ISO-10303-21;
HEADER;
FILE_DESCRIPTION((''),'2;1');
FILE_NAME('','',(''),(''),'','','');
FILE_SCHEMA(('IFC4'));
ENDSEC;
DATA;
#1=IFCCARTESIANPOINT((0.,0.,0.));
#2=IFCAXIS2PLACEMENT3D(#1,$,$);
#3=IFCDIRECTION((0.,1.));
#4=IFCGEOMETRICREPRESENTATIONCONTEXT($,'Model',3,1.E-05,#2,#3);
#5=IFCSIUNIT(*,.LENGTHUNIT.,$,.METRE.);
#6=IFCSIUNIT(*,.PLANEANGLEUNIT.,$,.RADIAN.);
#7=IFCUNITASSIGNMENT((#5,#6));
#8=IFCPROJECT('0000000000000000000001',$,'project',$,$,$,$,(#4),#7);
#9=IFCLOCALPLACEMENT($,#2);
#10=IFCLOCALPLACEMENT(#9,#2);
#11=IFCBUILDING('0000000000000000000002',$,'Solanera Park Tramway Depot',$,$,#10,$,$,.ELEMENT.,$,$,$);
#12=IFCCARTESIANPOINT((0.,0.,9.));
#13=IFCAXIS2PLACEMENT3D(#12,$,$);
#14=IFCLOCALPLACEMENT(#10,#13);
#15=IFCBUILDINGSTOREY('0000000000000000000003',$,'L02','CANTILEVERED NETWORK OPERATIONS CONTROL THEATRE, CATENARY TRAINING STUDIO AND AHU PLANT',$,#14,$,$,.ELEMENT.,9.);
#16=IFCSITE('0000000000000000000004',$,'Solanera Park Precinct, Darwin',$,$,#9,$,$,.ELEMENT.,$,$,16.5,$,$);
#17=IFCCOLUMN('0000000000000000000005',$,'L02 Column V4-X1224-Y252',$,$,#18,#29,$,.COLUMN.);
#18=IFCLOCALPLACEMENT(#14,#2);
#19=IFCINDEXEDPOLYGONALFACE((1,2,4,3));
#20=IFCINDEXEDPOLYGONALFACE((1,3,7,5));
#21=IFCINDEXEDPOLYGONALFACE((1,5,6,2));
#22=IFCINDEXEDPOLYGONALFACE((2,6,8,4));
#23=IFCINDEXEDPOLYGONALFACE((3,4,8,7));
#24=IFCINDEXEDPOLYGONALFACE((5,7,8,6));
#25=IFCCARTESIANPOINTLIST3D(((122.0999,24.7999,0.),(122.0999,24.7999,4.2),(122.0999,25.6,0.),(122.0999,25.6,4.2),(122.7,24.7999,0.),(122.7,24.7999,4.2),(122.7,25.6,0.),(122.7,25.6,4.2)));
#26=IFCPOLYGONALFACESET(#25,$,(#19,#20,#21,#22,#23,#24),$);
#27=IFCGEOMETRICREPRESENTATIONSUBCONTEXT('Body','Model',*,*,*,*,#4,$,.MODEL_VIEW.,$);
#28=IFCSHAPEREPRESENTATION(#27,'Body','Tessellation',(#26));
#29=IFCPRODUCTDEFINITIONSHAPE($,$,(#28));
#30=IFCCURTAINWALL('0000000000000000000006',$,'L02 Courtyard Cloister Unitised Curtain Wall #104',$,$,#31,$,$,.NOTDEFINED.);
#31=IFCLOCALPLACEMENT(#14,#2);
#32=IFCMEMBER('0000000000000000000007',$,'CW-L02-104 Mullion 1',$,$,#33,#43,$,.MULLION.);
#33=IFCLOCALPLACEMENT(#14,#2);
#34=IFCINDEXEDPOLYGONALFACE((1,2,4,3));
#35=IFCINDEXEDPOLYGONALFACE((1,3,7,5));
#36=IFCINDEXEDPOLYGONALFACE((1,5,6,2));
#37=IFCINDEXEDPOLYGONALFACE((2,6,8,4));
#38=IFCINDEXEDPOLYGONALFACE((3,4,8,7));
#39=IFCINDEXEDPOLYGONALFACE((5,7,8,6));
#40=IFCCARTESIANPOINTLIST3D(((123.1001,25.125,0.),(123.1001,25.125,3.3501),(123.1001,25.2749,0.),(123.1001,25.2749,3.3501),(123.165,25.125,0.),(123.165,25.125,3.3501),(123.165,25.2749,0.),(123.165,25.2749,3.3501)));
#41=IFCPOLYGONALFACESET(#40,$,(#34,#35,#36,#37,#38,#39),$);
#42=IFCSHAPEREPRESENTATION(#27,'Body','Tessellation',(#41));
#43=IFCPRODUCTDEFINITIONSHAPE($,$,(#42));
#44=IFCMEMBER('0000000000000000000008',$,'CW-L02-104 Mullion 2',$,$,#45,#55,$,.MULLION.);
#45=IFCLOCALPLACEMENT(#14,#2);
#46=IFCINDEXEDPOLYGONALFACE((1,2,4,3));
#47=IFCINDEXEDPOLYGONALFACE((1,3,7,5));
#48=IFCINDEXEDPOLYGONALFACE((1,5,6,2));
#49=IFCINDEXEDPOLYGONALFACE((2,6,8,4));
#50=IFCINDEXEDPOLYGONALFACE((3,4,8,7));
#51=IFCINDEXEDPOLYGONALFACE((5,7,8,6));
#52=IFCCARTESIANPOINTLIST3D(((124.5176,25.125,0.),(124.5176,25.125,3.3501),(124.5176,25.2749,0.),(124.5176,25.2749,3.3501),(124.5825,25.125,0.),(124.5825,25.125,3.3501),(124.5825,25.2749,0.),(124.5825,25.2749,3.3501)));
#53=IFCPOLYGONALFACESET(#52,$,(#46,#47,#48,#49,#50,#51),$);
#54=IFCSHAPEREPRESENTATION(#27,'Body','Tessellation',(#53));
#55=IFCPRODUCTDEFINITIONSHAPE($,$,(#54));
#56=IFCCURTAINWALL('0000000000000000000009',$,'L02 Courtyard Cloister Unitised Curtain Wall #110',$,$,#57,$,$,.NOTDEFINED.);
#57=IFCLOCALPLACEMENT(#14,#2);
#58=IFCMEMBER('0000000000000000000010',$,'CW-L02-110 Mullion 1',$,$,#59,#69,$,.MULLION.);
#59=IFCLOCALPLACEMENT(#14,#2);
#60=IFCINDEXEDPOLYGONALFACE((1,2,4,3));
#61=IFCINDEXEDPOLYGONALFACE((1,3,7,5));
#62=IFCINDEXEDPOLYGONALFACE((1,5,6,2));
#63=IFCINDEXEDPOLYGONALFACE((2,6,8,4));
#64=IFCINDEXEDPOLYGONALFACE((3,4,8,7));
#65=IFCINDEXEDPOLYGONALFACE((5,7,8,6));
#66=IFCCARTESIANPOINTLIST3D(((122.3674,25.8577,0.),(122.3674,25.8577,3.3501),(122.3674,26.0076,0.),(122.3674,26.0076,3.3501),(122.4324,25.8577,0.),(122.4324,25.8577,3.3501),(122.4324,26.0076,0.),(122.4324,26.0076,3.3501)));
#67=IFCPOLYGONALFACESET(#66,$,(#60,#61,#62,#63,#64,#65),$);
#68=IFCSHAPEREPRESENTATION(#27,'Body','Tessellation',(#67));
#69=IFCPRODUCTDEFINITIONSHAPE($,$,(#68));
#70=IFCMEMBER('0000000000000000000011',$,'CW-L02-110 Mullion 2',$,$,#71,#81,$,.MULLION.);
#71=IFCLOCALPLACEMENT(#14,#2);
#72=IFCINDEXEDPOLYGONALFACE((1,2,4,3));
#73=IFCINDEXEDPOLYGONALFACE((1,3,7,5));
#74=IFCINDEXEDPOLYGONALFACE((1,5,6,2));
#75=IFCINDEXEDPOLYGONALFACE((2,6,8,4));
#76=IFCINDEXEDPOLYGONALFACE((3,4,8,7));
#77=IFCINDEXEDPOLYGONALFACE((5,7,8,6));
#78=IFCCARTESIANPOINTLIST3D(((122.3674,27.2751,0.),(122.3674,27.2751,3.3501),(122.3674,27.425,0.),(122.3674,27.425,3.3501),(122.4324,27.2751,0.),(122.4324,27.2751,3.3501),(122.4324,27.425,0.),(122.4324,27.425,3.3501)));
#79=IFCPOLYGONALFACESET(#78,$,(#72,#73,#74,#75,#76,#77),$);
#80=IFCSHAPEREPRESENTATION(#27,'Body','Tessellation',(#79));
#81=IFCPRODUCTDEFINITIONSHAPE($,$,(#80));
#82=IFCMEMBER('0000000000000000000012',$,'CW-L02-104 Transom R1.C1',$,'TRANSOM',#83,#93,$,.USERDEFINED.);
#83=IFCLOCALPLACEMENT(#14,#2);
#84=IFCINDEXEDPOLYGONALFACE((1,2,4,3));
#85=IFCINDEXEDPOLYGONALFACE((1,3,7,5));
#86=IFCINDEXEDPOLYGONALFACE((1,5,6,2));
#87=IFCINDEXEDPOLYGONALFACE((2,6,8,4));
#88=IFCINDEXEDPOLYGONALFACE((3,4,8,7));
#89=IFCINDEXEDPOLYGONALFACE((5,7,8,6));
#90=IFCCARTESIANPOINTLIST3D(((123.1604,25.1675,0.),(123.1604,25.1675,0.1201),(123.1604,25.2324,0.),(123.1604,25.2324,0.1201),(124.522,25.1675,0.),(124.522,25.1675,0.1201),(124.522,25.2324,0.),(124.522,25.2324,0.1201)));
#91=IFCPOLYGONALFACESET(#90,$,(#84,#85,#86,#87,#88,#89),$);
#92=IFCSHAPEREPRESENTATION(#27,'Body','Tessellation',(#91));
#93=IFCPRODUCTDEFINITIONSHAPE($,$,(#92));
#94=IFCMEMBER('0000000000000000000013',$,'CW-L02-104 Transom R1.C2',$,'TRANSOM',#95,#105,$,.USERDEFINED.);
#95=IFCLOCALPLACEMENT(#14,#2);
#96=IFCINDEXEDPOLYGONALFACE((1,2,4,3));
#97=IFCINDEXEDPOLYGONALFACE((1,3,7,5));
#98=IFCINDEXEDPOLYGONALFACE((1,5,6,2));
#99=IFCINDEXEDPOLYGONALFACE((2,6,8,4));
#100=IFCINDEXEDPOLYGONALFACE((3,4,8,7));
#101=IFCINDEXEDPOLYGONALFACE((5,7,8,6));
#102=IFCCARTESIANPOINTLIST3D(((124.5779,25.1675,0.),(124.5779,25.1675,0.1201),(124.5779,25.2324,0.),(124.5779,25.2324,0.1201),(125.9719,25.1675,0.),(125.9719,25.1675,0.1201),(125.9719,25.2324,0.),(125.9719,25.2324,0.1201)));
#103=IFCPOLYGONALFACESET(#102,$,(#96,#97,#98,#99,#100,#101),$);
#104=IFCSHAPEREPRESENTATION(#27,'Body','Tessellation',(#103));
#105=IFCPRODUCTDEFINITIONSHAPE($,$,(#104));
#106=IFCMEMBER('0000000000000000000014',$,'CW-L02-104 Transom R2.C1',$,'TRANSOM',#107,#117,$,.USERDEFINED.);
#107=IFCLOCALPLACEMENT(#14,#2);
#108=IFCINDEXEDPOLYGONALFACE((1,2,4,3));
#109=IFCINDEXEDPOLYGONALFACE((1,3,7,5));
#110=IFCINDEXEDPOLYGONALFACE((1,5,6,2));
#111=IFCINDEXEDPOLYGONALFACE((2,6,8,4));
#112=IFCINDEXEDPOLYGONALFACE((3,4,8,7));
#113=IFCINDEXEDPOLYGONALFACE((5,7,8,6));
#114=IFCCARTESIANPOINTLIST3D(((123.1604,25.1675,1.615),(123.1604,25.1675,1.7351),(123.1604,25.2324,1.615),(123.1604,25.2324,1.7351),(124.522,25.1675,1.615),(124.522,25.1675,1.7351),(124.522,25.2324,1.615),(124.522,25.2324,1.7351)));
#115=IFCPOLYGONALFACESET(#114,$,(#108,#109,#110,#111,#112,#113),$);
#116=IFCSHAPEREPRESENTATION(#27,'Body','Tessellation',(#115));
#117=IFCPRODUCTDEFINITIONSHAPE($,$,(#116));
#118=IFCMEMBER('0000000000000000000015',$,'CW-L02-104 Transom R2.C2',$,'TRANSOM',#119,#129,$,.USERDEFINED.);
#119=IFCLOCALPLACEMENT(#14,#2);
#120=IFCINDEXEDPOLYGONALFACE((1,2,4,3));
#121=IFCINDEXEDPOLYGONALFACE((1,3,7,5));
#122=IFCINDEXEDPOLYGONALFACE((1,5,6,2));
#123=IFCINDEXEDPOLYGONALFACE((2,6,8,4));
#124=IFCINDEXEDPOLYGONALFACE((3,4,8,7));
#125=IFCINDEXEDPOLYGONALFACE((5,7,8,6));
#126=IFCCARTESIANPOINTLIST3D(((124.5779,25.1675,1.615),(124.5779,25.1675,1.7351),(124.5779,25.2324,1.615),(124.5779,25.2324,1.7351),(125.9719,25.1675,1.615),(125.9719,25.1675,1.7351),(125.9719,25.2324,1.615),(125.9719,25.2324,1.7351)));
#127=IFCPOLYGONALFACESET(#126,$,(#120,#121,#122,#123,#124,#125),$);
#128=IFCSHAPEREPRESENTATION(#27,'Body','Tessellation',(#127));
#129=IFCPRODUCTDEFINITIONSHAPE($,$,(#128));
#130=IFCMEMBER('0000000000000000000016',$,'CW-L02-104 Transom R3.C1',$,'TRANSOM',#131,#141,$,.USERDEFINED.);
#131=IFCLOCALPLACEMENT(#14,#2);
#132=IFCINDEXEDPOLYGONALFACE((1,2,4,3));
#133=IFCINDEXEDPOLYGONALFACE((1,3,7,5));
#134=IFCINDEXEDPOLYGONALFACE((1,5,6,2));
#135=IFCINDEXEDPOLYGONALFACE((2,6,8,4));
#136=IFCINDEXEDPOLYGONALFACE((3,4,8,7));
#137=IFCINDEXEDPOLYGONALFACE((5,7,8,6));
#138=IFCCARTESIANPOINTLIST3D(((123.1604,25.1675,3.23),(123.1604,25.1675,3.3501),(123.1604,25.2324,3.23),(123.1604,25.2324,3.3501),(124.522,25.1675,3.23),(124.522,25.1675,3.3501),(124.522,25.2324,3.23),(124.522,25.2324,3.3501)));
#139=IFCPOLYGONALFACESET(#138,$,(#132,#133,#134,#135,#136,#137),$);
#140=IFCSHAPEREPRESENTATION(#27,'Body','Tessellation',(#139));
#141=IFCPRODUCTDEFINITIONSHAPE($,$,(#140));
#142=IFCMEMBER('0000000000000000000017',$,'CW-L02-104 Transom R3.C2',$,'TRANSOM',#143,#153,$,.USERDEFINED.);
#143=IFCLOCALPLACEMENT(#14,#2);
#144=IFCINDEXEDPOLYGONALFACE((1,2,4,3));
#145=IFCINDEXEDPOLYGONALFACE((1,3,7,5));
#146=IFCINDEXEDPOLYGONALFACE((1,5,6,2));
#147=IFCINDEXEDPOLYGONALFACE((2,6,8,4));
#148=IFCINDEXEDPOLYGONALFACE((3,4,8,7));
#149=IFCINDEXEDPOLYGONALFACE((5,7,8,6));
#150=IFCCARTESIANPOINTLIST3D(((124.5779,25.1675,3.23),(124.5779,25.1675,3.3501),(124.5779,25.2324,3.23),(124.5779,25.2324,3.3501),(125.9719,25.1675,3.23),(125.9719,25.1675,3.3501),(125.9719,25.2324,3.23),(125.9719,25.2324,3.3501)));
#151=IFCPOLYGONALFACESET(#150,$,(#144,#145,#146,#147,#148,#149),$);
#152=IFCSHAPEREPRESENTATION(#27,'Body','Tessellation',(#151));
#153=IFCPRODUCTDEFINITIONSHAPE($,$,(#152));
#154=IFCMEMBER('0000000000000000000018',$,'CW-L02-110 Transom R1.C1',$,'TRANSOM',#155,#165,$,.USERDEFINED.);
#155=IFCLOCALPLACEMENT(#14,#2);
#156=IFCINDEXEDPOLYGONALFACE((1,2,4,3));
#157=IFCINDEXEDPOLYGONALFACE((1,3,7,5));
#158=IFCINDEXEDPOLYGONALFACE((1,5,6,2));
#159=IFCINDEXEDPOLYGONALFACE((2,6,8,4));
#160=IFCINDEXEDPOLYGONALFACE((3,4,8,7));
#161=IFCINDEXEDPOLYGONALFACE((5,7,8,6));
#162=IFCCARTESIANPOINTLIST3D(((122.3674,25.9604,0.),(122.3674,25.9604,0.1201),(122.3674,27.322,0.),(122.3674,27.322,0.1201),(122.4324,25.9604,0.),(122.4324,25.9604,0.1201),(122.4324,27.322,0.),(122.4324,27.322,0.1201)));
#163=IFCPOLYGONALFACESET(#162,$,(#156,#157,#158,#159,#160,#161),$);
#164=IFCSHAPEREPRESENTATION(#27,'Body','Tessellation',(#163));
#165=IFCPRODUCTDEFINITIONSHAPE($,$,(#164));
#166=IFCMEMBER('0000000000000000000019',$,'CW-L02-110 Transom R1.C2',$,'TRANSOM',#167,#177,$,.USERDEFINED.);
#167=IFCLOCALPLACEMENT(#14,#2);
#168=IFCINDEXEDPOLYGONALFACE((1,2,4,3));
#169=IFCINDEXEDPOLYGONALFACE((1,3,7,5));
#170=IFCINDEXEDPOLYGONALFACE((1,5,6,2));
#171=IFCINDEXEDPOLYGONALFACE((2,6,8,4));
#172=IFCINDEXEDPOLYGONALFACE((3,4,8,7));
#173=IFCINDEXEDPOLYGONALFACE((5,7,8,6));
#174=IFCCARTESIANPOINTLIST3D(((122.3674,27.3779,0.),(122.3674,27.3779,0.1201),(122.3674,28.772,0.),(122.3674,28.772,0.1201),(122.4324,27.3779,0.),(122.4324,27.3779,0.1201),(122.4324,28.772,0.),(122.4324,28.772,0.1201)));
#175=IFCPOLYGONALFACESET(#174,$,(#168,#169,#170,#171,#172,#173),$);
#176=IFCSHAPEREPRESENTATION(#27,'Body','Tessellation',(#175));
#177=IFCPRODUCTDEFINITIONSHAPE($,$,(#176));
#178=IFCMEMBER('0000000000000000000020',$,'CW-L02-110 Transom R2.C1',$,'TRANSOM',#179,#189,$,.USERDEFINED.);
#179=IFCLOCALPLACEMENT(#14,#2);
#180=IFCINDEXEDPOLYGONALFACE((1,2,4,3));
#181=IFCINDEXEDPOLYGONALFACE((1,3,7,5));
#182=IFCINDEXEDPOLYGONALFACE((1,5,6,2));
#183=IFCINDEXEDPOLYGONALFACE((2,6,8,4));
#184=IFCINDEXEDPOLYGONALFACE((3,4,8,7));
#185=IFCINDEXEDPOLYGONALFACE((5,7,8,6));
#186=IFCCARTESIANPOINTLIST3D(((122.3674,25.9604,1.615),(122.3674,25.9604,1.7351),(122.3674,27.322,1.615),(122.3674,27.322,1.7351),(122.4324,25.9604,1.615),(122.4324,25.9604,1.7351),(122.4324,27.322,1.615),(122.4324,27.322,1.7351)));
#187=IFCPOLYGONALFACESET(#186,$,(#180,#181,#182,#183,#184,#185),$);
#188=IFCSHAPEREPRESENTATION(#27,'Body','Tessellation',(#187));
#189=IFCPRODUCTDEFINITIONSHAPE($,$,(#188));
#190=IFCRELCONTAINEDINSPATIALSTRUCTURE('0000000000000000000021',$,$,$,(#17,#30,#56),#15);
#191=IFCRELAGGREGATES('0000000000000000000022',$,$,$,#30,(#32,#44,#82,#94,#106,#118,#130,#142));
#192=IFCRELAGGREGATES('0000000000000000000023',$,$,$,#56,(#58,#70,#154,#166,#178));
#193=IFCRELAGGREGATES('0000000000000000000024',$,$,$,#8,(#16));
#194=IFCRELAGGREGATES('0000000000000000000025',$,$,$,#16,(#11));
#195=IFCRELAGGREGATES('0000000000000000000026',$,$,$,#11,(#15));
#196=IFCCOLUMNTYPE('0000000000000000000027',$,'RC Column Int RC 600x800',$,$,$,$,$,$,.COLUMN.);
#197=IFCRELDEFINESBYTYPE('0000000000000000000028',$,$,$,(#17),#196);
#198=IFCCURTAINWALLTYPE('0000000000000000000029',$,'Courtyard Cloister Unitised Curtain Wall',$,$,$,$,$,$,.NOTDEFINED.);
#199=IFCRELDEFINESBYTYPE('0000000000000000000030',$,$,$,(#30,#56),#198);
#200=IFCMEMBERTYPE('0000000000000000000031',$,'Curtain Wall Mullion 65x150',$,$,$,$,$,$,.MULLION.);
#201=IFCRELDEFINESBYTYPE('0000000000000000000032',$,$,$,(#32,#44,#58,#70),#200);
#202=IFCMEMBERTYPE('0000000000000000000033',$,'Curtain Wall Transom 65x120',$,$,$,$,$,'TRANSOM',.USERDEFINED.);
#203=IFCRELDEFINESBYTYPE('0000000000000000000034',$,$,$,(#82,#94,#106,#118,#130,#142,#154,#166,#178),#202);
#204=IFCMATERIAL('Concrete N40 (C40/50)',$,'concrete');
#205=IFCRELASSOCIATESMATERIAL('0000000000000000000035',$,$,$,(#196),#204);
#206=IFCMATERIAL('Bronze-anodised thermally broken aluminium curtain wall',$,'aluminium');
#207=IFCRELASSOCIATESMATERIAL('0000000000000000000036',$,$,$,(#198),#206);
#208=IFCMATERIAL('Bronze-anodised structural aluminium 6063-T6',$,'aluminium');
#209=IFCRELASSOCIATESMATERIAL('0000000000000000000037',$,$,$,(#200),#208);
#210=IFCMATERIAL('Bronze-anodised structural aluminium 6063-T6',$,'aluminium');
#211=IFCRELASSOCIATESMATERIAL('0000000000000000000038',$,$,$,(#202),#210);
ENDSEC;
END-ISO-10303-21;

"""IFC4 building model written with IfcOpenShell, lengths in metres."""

from ifc_helpers import new_model, si_unit, direction, frame, origin, origin_2d, place, context, subcontext, project, spatial, rectangle, extrude, material, material_profile, profile_set, type_object, element, aggregate, save


model = new_model("IFC4")

# Units and contexts
model_context = context("Model", 3, precision=1e-05, world=origin(), true_north=direction((0.0, 1.0)))
body_context = subcontext(model_context, "Body", "Model", "MODEL_VIEW")
ifc_project = project(units=[si_unit("LENGTHUNIT", "METRE"), si_unit("PLANEANGLEUNIT", "RADIAN")], contexts=[model_context])

# Site, building, storey
site_placement = place(None, origin())
site = spatial("IfcSite", under=ifc_project, at=site_placement, Name="Solanera Park Precinct, Darwin", CompositionType="ELEMENT", RefElevation=16.5)
building_placement = place(site_placement, origin())
building = spatial("IfcBuilding", under=site, at=building_placement, Name="Solanera Park Tramway Depot", CompositionType="ELEMENT")
storey_placement = place(building_placement, frame((0.0, 0.0, 9.0)))
storey = spatial("IfcBuildingStorey", under=building, at=storey_placement, Name="L02", Description="CANTILEVERED NETWORK OPERATIONS CONTROL THEATRE, CATENARY TRAINING STUDIO AND AHU PLANT", CompositionType="ELEMENT", Elevation=9.0)

# Column
ifc_material_1 = material(Name="Concrete N40 (C40/50)", Category="concrete")
ifc_material_profile_1 = material_profile(ifc_material_1, rectangle(XDim=0.6001, YDim=0.8, at=origin_2d()), Name="RC 600x800")
ifc_profile_set_1 = profile_set([ifc_material_profile_1], Name="Concrete N40 (C40/50)")
column_type = type_object("IfcColumnType", Name="RC Column Int RC 600x800", PredefinedType="COLUMN", material=ifc_profile_set_1)
column_placement = place(storey_placement, frame((122.3999, 25.2, 0.0), z_axis=(0.0, 0.0, 1.0), x_axis=(1.0, 0.0, 0.0)))
element("IfcColumn", 1, at=column_placement, inside=storey, type_object=column_type, Name="L02 Column V4-X1224-Y252", PredefinedType="COLUMN", context=body_context, shape_type="SweptSolid", body=[
    extrude(rectangle(XDim=0.6001, YDim=0.8, at=origin_2d()), origin(), (0.0, 0.0, 1.0), 4.2),
])

# Curtain walls, members
ifc_material_2 = material(Name="Bronze-anodised thermally broken aluminium curtain wall", Category="aluminium")
curtain_wall_type = type_object("IfcCurtainWallType", Name="Courtyard Cloister Unitised Curtain Wall", PredefinedType="NOTDEFINED", material=ifc_material_2)
curtain_wall_1_placement = place(storey_placement, origin())
curtain_wall_1 = element("IfcCurtainWall", 2, at=curtain_wall_1_placement, inside=storey, type_object=curtain_wall_type, Name="L02 Courtyard Cloister Unitised Curtain Wall #104", PredefinedType="NOTDEFINED")
ifc_material_3 = material(Name="Bronze-anodised structural aluminium 6063-T6", Category="aluminium")
ifc_material_profile_2 = material_profile(ifc_material_3, rectangle(XDim=0.0649, YDim=0.1499, at=origin_2d()), Name="Curtain Wall Mullion 65x150")
ifc_profile_set_2 = profile_set([ifc_material_profile_2], Name="Bronze-anodised structural aluminium 6063-T6")
member_type_1 = type_object("IfcMemberType", Name="Curtain Wall Mullion 65x150", PredefinedType="MULLION", material=ifc_profile_set_2)
member_1_placement = place(storey_placement, frame((123.1326, 25.2, 0.0), z_axis=(0.0, 0.0, 1.0), x_axis=(1.0, 0.0, 0.0)))
member_1 = element("IfcMember", 3, at=member_1_placement, type_object=member_type_1, Name="CW-L02-104 Mullion 1", PredefinedType="MULLION", context=body_context, shape_type="SweptSolid", body=[
    extrude(rectangle(XDim=0.0649, YDim=0.1499, at=origin_2d()), origin(), (0.0, 0.0, 1.0), 3.3501),
])
member_2_placement = place(storey_placement, frame((124.55, 25.2, 0.0), z_axis=(0.0, 0.0, 1.0), x_axis=(1.0, 0.0, 0.0)))
member_2 = element("IfcMember", 4, at=member_2_placement, type_object=member_type_1, Name="CW-L02-104 Mullion 2", PredefinedType="MULLION", context=body_context, shape_type="SweptSolid", body=[
    extrude(rectangle(XDim=0.0649, YDim=0.1499, at=origin_2d()), origin(), (0.0, 0.0, 1.0), 3.3501),
])
curtain_wall_2_placement = place(storey_placement, origin())
curtain_wall_2 = element("IfcCurtainWall", 5, at=curtain_wall_2_placement, inside=storey, type_object=curtain_wall_type, Name="L02 Courtyard Cloister Unitised Curtain Wall #110", PredefinedType="NOTDEFINED")
member_3_placement = place(storey_placement, frame((122.3999, 25.9326, 0.0), z_axis=(0.0, 0.0, 1.0), x_axis=(1.0, 0.0, 0.0)))
member_3 = element("IfcMember", 6, at=member_3_placement, type_object=member_type_1, Name="CW-L02-110 Mullion 1", PredefinedType="MULLION", context=body_context, shape_type="SweptSolid", body=[
    extrude(rectangle(XDim=0.0649, YDim=0.1499, at=origin_2d()), origin(), (0.0, 0.0, 1.0), 3.3501),
])
member_4_placement = place(storey_placement, frame((122.3999, 27.3501, 0.0), z_axis=(0.0, 0.0, 1.0), x_axis=(1.0, 0.0, 0.0)))
member_4 = element("IfcMember", 7, at=member_4_placement, type_object=member_type_1, Name="CW-L02-110 Mullion 2", PredefinedType="MULLION", context=body_context, shape_type="SweptSolid", body=[
    extrude(rectangle(XDim=0.0649, YDim=0.1499, at=origin_2d()), origin(), (0.0, 0.0, 1.0), 3.3501),
])

# Members
ifc_material_4 = material(Name="Bronze-anodised structural aluminium 6063-T6", Category="aluminium")
ifc_material_profile_3 = material_profile(ifc_material_4, rectangle(XDim=0.0649, YDim=0.1201, at=origin_2d()), Name="Curtain Wall Transom 65x120")
ifc_profile_set_3 = profile_set([ifc_material_profile_3], Name="Bronze-anodised structural aluminium 6063-T6")
member_type_2 = type_object("IfcMemberType", Name="Curtain Wall Transom 65x120", ElementType="TRANSOM", PredefinedType="USERDEFINED", material=ifc_profile_set_3)
member_5_placement = place(storey_placement, frame((123.1604, 25.2, 0.0601), z_axis=(1.0, 0.0, 0.0), x_axis=(0.0, 1.0, 0.0)))
member_5 = element("IfcMember", 8, at=member_5_placement, type_object=member_type_2, Name="CW-L02-104 Transom R1.C1", ObjectType="TRANSOM", PredefinedType="USERDEFINED", context=body_context, shape_type="SweptSolid", body=[
    extrude(rectangle(XDim=0.0649, YDim=0.1201, at=origin_2d()), origin(), (0.0, 0.0, 1.0), 1.3616),
])
member_6_placement = place(storey_placement, frame((124.5779, 25.2, 0.0601), z_axis=(1.0, 0.0, 0.0), x_axis=(0.0, 1.0, 0.0)))
member_6 = element("IfcMember", 9, at=member_6_placement, type_object=member_type_2, Name="CW-L02-104 Transom R1.C2", ObjectType="TRANSOM", PredefinedType="USERDEFINED", context=body_context, shape_type="SweptSolid", body=[
    extrude(rectangle(XDim=0.0649, YDim=0.1201, at=origin_2d()), origin(), (0.0, 0.0, 1.0), 1.394),
])
member_7_placement = place(storey_placement, frame((123.1604, 25.2, 1.675), z_axis=(1.0, 0.0, 0.0), x_axis=(0.0, 1.0, 0.0)))
member_7 = element("IfcMember", 10, at=member_7_placement, type_object=member_type_2, Name="CW-L02-104 Transom R2.C1", ObjectType="TRANSOM", PredefinedType="USERDEFINED", context=body_context, shape_type="SweptSolid", body=[
    extrude(rectangle(XDim=0.0649, YDim=0.1201, at=origin_2d()), origin(), (0.0, 0.0, 1.0), 1.3616),
])
member_8_placement = place(storey_placement, frame((124.5779, 25.2, 1.675), z_axis=(1.0, 0.0, 0.0), x_axis=(0.0, 1.0, 0.0)))
member_8 = element("IfcMember", 11, at=member_8_placement, type_object=member_type_2, Name="CW-L02-104 Transom R2.C2", ObjectType="TRANSOM", PredefinedType="USERDEFINED", context=body_context, shape_type="SweptSolid", body=[
    extrude(rectangle(XDim=0.0649, YDim=0.1201, at=origin_2d()), origin(), (0.0, 0.0, 1.0), 1.394),
])
member_9_placement = place(storey_placement, frame((123.1604, 25.2, 3.29), z_axis=(1.0, 0.0, 0.0), x_axis=(0.0, 1.0, 0.0)))
member_9 = element("IfcMember", 12, at=member_9_placement, type_object=member_type_2, Name="CW-L02-104 Transom R3.C1", ObjectType="TRANSOM", PredefinedType="USERDEFINED", context=body_context, shape_type="SweptSolid", body=[
    extrude(rectangle(XDim=0.0649, YDim=0.1201, at=origin_2d()), origin(), (0.0, 0.0, 1.0), 1.3616),
])
member_10_placement = place(storey_placement, frame((124.5779, 25.2, 3.29), z_axis=(1.0, 0.0, 0.0), x_axis=(0.0, 1.0, 0.0)))
member_10 = element("IfcMember", 13, at=member_10_placement, type_object=member_type_2, Name="CW-L02-104 Transom R3.C2", ObjectType="TRANSOM", PredefinedType="USERDEFINED", context=body_context, shape_type="SweptSolid", body=[
    extrude(rectangle(XDim=0.0649, YDim=0.1201, at=origin_2d()), origin(), (0.0, 0.0, 1.0), 1.394),
])
member_11_placement = place(storey_placement, frame((122.3999, 25.9604, 0.0601), z_axis=(0.0, 1.0, 0.0), x_axis=(-1.0, 0.0, 0.0)))
member_11 = element("IfcMember", 14, at=member_11_placement, type_object=member_type_2, Name="CW-L02-110 Transom R1.C1", ObjectType="TRANSOM", PredefinedType="USERDEFINED", context=body_context, shape_type="SweptSolid", body=[
    extrude(rectangle(XDim=0.0649, YDim=0.1201, at=origin_2d()), origin(), (0.0, 0.0, 1.0), 1.3616),
])
member_12_placement = place(storey_placement, frame((122.3999, 27.3779, 0.0601), z_axis=(0.0, 1.0, 0.0), x_axis=(-1.0, 0.0, 0.0)))
member_12 = element("IfcMember", 15, at=member_12_placement, type_object=member_type_2, Name="CW-L02-110 Transom R1.C2", ObjectType="TRANSOM", PredefinedType="USERDEFINED", context=body_context, shape_type="SweptSolid", body=[
    extrude(rectangle(XDim=0.0649, YDim=0.1201, at=origin_2d()), origin(), (0.0, 0.0, 1.0), 1.394),
])
member_13_placement = place(storey_placement, frame((122.3999, 25.9604, 1.675), z_axis=(0.0, 1.0, 0.0), x_axis=(-1.0, 0.0, 0.0)))
member_13 = element("IfcMember", 16, at=member_13_placement, type_object=member_type_2, Name="CW-L02-110 Transom R2.C1", ObjectType="TRANSOM", PredefinedType="USERDEFINED", context=body_context, shape_type="SweptSolid", body=[
    extrude(rectangle(XDim=0.0649, YDim=0.1201, at=origin_2d()), origin(), (0.0, 0.0, 1.0), 1.3616),
])

aggregate(curtain_wall_1, [member_1, member_2, member_5, member_6, member_7, member_8, member_9, member_10])
aggregate(curtain_wall_2, [member_3, member_4, member_11, member_12, member_13])

save(model, "model.ifc")
